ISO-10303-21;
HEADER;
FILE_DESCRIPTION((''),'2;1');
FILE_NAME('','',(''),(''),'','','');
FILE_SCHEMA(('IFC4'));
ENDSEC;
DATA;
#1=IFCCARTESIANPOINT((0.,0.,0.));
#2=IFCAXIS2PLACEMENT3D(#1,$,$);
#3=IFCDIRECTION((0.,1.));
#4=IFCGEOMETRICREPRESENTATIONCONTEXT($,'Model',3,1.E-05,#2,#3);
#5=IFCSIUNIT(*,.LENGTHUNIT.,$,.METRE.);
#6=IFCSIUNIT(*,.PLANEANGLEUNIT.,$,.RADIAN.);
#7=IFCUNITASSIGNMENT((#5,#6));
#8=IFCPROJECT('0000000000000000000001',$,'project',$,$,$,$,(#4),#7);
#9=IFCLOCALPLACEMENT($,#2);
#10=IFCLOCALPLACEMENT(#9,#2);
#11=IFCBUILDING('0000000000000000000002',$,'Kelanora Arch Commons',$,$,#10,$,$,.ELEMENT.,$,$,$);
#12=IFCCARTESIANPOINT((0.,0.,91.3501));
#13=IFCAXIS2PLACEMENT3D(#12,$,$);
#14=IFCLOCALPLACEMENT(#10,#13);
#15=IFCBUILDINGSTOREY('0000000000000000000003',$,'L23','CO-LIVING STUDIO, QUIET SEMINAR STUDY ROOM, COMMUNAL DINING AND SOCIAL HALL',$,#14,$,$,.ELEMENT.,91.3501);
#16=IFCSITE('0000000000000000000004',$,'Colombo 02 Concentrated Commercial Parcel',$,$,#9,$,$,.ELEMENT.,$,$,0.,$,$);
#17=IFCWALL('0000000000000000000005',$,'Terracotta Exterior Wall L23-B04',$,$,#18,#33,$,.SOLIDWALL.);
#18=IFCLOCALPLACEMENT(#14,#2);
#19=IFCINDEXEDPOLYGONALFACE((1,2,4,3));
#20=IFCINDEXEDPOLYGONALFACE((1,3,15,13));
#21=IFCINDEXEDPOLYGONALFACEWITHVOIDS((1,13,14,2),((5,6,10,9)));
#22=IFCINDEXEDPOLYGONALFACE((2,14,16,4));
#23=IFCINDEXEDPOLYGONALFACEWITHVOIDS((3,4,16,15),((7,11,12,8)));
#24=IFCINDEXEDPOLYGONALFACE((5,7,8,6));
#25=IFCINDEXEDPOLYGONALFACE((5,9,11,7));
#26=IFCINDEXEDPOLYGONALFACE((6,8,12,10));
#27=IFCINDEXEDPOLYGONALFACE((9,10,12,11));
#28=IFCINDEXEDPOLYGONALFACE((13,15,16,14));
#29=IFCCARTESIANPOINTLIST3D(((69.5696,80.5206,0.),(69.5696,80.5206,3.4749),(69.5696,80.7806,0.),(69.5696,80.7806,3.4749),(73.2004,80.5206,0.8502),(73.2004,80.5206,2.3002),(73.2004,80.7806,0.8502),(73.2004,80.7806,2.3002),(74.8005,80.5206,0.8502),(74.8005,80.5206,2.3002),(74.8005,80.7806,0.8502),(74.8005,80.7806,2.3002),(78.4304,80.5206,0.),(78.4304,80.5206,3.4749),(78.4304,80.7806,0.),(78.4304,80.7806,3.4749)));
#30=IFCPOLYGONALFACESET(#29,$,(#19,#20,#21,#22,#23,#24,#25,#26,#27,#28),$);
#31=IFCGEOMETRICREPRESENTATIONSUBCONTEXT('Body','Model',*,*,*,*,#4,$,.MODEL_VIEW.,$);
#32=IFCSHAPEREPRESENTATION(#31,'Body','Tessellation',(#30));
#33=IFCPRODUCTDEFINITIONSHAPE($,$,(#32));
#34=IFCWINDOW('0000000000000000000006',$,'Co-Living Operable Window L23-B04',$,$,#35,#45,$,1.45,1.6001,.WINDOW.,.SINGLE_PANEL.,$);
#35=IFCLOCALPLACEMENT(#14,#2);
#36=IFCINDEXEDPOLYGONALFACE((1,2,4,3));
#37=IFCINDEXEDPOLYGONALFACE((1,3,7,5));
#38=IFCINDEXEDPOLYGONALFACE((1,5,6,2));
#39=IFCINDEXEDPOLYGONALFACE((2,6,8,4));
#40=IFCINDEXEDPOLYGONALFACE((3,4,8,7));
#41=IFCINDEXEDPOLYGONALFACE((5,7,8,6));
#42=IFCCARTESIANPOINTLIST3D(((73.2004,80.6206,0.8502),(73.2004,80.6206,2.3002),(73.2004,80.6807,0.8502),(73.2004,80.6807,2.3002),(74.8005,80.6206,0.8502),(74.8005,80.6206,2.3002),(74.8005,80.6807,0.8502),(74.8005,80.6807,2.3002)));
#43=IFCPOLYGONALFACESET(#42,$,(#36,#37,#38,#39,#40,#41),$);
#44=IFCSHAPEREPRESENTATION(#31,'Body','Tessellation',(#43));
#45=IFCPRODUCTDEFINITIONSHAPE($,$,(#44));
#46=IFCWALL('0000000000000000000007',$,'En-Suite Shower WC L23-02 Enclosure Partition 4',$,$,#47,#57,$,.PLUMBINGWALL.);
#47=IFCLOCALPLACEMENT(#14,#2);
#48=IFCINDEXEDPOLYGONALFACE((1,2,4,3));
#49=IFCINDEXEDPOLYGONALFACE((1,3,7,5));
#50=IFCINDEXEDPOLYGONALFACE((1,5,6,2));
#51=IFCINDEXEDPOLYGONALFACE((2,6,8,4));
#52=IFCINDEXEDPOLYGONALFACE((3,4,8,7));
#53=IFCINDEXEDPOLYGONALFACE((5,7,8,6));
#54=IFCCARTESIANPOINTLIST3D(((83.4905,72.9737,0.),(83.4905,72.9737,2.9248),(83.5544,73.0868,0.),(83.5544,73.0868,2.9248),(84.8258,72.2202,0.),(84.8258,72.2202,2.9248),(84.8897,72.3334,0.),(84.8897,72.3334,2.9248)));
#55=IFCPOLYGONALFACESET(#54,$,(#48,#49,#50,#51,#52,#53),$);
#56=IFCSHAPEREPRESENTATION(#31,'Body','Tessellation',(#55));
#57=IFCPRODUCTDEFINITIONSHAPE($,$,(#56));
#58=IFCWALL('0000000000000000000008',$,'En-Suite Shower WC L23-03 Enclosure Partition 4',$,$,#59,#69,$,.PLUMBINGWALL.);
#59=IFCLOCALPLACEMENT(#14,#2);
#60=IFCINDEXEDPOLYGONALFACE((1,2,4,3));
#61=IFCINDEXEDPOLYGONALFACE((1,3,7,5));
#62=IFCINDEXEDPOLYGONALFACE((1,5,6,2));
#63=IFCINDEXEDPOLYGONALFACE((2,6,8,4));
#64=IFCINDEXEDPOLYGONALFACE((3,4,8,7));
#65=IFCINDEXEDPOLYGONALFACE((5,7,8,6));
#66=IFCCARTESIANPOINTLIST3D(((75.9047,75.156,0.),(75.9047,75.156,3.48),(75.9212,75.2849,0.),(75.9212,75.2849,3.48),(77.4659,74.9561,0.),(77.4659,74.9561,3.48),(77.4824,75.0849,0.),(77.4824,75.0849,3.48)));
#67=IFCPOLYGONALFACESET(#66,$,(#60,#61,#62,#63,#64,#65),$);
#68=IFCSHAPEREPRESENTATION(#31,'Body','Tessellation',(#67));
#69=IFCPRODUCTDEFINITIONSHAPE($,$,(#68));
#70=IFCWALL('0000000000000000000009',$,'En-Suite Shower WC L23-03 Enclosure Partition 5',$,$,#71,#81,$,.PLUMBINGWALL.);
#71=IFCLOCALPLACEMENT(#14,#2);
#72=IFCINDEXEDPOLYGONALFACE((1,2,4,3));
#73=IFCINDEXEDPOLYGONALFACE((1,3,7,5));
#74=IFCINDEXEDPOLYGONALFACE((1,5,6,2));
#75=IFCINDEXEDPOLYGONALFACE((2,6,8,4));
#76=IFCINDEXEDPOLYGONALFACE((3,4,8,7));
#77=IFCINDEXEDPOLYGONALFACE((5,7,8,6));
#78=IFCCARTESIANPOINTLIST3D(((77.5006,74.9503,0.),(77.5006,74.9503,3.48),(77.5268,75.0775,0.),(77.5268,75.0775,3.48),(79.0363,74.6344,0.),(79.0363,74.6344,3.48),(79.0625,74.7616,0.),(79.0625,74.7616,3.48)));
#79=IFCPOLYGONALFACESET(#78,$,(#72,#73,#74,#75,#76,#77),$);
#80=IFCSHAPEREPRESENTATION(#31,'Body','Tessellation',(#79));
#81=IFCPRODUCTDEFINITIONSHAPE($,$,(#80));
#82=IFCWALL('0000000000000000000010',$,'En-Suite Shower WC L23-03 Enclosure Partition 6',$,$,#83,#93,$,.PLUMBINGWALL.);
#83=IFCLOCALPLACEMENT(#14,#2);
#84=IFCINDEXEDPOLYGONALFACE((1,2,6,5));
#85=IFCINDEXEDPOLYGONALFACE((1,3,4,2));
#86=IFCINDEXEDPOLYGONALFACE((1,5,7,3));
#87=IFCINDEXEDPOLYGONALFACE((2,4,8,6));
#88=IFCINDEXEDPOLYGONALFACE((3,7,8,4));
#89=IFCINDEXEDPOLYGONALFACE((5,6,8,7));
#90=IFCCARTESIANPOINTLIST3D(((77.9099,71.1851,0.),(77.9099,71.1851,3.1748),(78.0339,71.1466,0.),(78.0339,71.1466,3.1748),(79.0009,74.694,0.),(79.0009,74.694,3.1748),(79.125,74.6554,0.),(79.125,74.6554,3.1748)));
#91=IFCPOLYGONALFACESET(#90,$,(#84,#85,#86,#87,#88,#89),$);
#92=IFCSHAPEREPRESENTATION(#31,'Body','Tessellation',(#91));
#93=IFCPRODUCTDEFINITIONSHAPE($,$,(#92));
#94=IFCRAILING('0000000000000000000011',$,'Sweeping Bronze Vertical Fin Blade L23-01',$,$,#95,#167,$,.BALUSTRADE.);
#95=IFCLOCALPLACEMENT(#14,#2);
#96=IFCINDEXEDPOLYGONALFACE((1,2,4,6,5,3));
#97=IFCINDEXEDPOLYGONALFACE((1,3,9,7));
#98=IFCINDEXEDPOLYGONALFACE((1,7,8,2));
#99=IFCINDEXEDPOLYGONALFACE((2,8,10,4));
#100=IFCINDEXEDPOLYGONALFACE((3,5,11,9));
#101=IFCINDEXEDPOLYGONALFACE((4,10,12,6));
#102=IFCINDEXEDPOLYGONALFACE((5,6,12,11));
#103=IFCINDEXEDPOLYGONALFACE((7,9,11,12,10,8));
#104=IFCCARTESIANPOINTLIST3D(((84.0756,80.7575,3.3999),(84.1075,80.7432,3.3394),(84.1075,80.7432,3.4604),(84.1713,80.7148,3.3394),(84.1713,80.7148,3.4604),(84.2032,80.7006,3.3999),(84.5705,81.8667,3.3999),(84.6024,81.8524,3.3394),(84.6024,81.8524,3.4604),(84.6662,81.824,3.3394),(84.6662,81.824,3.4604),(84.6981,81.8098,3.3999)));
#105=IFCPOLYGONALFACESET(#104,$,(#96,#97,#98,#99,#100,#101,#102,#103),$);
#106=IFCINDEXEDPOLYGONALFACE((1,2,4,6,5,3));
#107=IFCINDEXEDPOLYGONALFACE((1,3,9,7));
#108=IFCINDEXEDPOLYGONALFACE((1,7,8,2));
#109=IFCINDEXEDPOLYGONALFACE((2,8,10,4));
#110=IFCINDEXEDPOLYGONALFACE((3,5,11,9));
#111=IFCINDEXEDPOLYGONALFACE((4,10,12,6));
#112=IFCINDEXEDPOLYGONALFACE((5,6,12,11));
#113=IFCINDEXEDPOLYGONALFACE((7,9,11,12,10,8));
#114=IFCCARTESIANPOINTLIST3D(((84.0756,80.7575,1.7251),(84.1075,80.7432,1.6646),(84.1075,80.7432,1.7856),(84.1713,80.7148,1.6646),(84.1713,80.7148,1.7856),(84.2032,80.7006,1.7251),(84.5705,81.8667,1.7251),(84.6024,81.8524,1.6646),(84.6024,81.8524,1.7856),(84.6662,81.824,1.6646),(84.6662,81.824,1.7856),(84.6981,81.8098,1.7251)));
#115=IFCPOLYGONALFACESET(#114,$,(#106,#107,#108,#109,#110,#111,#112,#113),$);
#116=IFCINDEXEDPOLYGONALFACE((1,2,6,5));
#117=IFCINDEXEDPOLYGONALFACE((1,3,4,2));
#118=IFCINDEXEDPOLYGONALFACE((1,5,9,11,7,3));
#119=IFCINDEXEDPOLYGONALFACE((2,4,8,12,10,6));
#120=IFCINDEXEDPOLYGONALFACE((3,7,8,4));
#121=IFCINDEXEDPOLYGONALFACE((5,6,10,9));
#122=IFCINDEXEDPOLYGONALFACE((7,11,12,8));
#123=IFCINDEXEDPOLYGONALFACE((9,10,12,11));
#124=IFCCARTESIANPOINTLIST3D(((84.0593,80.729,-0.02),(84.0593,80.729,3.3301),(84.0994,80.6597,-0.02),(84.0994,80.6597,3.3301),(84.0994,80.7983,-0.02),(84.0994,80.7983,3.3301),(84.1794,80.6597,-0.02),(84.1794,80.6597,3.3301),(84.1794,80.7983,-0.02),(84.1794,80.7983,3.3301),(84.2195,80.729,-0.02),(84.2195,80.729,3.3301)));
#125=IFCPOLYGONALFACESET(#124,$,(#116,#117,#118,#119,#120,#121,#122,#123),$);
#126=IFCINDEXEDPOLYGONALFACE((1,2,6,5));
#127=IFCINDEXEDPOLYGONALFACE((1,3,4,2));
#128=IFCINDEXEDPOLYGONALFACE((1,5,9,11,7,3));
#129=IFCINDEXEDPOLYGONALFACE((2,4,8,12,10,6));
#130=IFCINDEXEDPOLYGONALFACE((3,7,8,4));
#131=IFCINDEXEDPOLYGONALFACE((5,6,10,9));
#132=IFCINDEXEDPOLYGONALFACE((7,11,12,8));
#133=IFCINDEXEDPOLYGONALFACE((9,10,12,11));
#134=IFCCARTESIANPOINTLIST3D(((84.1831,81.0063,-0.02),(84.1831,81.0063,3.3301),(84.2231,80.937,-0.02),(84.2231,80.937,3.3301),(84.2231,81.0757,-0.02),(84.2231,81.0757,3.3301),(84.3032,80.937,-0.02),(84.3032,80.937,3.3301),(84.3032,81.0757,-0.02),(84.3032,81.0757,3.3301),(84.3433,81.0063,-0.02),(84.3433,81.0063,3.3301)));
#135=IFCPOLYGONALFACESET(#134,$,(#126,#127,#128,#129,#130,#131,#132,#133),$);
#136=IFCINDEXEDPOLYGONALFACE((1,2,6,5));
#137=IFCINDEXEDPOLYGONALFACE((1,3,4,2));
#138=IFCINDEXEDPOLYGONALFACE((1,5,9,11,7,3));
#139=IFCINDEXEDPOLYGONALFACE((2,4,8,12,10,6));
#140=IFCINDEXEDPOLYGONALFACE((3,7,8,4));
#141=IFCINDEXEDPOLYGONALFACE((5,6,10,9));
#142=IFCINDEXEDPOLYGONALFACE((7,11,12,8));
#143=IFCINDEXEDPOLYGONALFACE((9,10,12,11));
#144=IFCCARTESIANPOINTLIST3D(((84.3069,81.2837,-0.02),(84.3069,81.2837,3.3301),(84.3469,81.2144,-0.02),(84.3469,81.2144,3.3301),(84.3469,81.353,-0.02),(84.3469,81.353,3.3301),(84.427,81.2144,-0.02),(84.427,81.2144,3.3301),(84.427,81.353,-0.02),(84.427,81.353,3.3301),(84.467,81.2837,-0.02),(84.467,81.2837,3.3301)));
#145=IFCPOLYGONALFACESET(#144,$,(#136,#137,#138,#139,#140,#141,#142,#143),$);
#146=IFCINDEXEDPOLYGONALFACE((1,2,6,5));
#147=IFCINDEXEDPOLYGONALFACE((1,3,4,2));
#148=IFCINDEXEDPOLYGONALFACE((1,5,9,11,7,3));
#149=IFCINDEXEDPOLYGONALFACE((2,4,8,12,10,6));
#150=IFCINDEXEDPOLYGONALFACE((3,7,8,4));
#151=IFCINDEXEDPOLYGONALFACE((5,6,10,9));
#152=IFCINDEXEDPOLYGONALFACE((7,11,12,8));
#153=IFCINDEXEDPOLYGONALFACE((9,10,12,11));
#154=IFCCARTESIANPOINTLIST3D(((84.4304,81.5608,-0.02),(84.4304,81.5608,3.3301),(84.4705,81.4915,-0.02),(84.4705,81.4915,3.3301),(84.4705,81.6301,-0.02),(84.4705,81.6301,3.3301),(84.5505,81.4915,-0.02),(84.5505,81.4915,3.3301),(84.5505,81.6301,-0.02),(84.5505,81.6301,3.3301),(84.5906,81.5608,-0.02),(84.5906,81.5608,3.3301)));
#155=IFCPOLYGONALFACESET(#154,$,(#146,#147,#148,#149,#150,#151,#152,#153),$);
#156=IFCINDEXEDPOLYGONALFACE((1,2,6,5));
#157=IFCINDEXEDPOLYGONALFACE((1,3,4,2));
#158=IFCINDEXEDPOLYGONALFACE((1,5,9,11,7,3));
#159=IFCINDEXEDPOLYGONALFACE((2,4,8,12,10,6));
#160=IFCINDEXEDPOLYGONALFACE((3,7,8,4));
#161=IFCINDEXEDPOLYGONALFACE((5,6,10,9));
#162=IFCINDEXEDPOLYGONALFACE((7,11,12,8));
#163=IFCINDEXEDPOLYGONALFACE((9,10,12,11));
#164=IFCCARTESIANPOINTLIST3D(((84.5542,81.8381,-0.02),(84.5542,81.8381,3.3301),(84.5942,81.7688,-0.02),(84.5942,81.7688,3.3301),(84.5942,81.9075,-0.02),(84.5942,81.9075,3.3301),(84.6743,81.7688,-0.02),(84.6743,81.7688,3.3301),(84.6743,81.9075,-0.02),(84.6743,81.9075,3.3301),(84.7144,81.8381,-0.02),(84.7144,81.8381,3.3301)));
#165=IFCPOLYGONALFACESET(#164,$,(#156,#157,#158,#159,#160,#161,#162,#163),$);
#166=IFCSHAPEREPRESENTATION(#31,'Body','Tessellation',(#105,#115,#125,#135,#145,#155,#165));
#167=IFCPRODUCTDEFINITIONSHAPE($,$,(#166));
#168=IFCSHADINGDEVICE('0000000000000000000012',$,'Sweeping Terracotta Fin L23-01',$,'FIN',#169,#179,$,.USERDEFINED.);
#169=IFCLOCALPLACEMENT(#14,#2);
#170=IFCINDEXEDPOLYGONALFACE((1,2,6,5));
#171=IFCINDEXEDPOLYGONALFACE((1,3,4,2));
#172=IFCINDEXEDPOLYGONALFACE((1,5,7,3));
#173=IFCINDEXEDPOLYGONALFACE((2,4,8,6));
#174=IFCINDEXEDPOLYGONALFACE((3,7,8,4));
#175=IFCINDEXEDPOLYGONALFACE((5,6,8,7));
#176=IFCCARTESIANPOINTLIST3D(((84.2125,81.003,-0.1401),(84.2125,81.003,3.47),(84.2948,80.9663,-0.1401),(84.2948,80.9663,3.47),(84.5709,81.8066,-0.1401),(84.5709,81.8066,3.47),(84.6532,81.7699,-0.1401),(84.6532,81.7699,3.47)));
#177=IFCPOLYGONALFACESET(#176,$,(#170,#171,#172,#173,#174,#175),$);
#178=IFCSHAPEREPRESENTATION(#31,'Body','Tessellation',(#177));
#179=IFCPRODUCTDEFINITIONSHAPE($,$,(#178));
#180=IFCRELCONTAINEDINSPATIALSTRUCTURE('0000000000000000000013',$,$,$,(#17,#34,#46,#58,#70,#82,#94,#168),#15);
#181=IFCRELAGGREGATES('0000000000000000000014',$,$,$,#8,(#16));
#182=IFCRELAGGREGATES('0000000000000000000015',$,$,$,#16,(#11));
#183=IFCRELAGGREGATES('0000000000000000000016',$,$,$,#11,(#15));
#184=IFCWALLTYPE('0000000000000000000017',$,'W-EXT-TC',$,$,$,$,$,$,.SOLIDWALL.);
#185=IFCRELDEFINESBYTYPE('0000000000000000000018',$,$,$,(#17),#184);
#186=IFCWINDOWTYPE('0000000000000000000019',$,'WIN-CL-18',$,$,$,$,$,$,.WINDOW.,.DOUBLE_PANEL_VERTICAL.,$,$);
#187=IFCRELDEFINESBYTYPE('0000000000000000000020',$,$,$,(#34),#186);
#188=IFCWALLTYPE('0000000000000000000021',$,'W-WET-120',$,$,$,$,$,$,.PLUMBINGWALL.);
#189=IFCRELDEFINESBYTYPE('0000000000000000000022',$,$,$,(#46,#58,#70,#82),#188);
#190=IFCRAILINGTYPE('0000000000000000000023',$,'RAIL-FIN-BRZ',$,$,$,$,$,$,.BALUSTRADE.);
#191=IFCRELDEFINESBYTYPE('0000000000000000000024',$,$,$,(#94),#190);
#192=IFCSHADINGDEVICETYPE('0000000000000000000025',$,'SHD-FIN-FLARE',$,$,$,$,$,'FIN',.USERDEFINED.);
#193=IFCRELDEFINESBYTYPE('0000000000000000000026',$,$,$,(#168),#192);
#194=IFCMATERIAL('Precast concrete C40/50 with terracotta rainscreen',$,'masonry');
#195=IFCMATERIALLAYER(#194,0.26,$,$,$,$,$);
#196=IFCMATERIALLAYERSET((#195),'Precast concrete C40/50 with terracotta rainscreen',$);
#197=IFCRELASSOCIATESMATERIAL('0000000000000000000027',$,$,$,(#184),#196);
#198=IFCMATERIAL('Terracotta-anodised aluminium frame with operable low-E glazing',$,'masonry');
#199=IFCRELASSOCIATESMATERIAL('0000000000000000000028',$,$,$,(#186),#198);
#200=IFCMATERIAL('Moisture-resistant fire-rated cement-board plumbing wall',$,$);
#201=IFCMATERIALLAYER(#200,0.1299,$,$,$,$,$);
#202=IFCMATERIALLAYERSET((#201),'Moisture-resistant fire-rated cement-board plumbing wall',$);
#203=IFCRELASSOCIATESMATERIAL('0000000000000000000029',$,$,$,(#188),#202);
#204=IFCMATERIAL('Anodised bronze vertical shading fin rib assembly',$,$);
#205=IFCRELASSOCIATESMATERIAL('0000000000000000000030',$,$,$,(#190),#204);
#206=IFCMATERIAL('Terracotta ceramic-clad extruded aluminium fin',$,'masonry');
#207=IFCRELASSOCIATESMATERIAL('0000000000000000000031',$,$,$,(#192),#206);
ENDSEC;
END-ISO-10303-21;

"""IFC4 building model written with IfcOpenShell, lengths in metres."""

from ifc_helpers import new_model, si_unit, direction, frame, frame_2d, origin, origin_2d, place, context, subcontext, project, spatial, polyline, rectangle, outline, extrude, source, transform, mapped, material, layer, layer_set, type_object, element, fill, save


model = new_model("IFC4")

# Units and contexts
model_context = context("Model", 3, precision=1e-05, world=origin(), true_north=direction((0.0, 1.0)))
body_context = subcontext(model_context, "Body", "Model", "MODEL_VIEW")
ifc_project = project(units=[si_unit("LENGTHUNIT", "METRE"), si_unit("PLANEANGLEUNIT", "RADIAN")], contexts=[model_context])

# Site, building, storey
site_placement = place(None, origin())
site = spatial("IfcSite", under=ifc_project, at=site_placement, Name="Colombo 02 Concentrated Commercial Parcel", CompositionType="ELEMENT", RefElevation=0.0)
building_placement = place(site_placement, origin())
building = spatial("IfcBuilding", under=site, at=building_placement, Name="Kelanora Arch Commons", CompositionType="ELEMENT")
storey_placement = place(building_placement, frame((0.0, 0.0, 91.3501)))
storey = spatial("IfcBuildingStorey", under=building, at=storey_placement, Name="L23", Description="CO-LIVING STUDIO, QUIET SEMINAR STUDY ROOM, COMMUNAL DINING AND SOCIAL HALL", CompositionType="ELEMENT", Elevation=91.3501)

# Wall, opening, window
ifc_material_1 = material(Name="Precast concrete C40/50 with terracotta rainscreen", Category="masonry")
ifc_layer_1 = layer(ifc_material_1, 0.26)
ifc_layer_set_1 = layer_set([ifc_layer_1], Name="Precast concrete C40/50 with terracotta rainscreen")
wall_type_1 = type_object("IfcWallType", Name="W-EXT-TC", PredefinedType="SOLIDWALL", material=ifc_layer_set_1)
wall_1_placement = place(storey_placement, frame((78.4304, 80.6506, 0.0), z_axis=(0.0, 0.0, 1.0), x_axis=(-1.0, 0.0, 0.0)))
wall_1 = element("IfcWall", 1, at=wall_1_placement, inside=storey, type_object=wall_type_1, Name="Terracotta Exterior Wall L23-B04", PredefinedType="SOLIDWALL", context=body_context, shape_type="SweptSolid", body=[
    extrude(rectangle(XDim=8.8608, YDim=0.26, at=frame_2d((4.4304, 0.0))), origin(), (0.0, 0.0, 1.0), 3.4749),
])
opening_placement = place(wall_1_placement, frame((3.6299, 0.0, 0.8501)))
opening = element("IfcOpeningElement", 2, at=opening_placement, cuts=wall_1, PredefinedType="OPENING", context=body_context, shape_type="SweptSolid", body=[
    extrude(rectangle(XDim=1.6001, YDim=1.45, at=frame_2d((0.8, 0.7251))), frame((0.0, 0.1401, 0.0), z_axis=(0.0, -1.0, 0.0), x_axis=(1.0, 0.0, 0.0)), (0.0, 0.0, 1.0), 0.28),
])
ifc_material_2 = material(Name="Terracotta-anodised aluminium frame with operable low-E glazing", Category="masonry")
window_type = type_object("IfcWindowType", Name="WIN-CL-18", PartitioningType="DOUBLE_PANEL_VERTICAL", PredefinedType="WINDOW", material=ifc_material_2)
window_placement = place(opening_placement, origin())
window = element("IfcWindow", 3, at=window_placement, inside=storey, type_object=window_type, Name="Co-Living Operable Window L23-B04", OverallHeight=1.45, OverallWidth=1.6001, PartitioningType="SINGLE_PANEL", PredefinedType="WINDOW", context=body_context, shape_type="SweptSolid", body=[
    extrude(rectangle(XDim=1.6001, YDim=1.45, at=frame_2d((0.8, 0.7251))), frame((0.0, 0.03, 0.0), z_axis=(0.0, -1.0, 0.0), x_axis=(1.0, 0.0, 0.0)), (0.0, 0.0, 1.0), 0.0601),
])
fill(opening, window)

# Walls
ifc_material_3 = material(Name="Moisture-resistant fire-rated cement-board plumbing wall")
ifc_layer_2 = layer(ifc_material_3, 0.1299)
ifc_layer_set_2 = layer_set([ifc_layer_2], Name="Moisture-resistant fire-rated cement-board plumbing wall")
wall_type_2 = type_object("IfcWallType", Name="W-WET-120", PredefinedType="PLUMBINGWALL", material=ifc_layer_set_2)
wall_2_placement = place(storey_placement, frame((83.5225, 73.0303, 0.0), z_axis=(0.0, 0.0, 1.0), x_axis=(0.870916, -0.491433, 0.0)))
element("IfcWall", 4, at=wall_2_placement, inside=storey, type_object=wall_type_2, Name="En-Suite Shower WC L23-02 Enclosure Partition 4", PredefinedType="PLUMBINGWALL", context=body_context, shape_type="SweptSolid", body=[
    extrude(rectangle(XDim=1.5332, YDim=0.1299, at=frame_2d((0.7666, 0.0))), origin(), (0.0, 0.0, 1.0), 2.9248),
])
wall_3_placement = place(storey_placement, frame((75.9128, 75.2205, 0.0), z_axis=(0.0, 0.0, 1.0), x_axis=(0.991899, -0.127031, 0.0)))
element("IfcWall", 5, at=wall_3_placement, inside=storey, type_object=wall_type_2, Name="En-Suite Shower WC L23-03 Enclosure Partition 4", PredefinedType="PLUMBINGWALL", context=body_context, shape_type="SweptSolid", body=[
    extrude(rectangle(XDim=1.574, YDim=0.1299, at=frame_2d((0.7871, 0.0))), origin(), (0.0, 0.0, 1.0), 3.48),
])
wall_4_placement = place(storey_placement, frame((77.5137, 75.0139, 0.0), z_axis=(0.0, 0.0, 1.0), x_axis=(0.979488, -0.201504, 0.0)))
element("IfcWall", 6, at=wall_4_placement, inside=storey, type_object=wall_type_2, Name="En-Suite Shower WC L23-03 Enclosure Partition 5", PredefinedType="PLUMBINGWALL", context=body_context, shape_type="SweptSolid", body=[
    extrude(rectangle(XDim=1.5679, YDim=0.1299, at=frame_2d((0.7839, 0.0))), origin(), (0.0, 0.0, 1.0), 3.48),
])
wall_5_placement = place(storey_placement, frame((79.063, 74.6748, 0.0), z_axis=(0.0, 0.0, 1.0), x_axis=(-0.296928, -0.9549, 0.0)))
element("IfcWall", 7, at=wall_5_placement, inside=storey, type_object=wall_type_2, Name="En-Suite Shower WC L23-03 Enclosure Partition 6", PredefinedType="PLUMBINGWALL", context=body_context, shape_type="SweptSolid", body=[
    extrude(rectangle(XDim=3.6746, YDim=0.1299, at=frame_2d((1.8374, 0.0))), origin(), (0.0, 0.0, 1.0), 3.1748),
])

# Railing
ifc_material_4 = material(Name="Anodised bronze vertical shading fin rib assembly")
railing_type = type_object("IfcRailingType", Name="RAIL-FIN-BRZ", PredefinedType="BALUSTRADE", material=ifc_material_4)
railing_placement = place(storey_placement, frame((84.1394, 80.729, -0.02)))
element("IfcRailing", 8, at=railing_placement, inside=storey, type_object=railing_type, Name="Sweeping Bronze Vertical Fin Blade L23-01", PredefinedType="BALUSTRADE", context=body_context, shape_type="SweptSolid", body=[
    extrude(outline(polyline([(0.0698, 0.0), (0.0349, 0.0605), (-0.0349, 0.0605), (-0.0698, 0.0), (-0.0349, -0.0605), (0.0349, -0.0605), (0.0698, 0.0)])), frame((0.0, 0.0, 3.4199), z_axis=(0.407462, 0.913222, 0.0), x_axis=(-0.913222, 0.407462, 0.0)), (0.0, 0.0, 1.0), 1.2146),
    extrude(outline(polyline([(0.0698, 0.0), (0.0349, 0.0605), (-0.0349, 0.0605), (-0.0698, 0.0), (-0.0349, -0.0605), (0.0349, -0.0605), (0.0698, 0.0)])), frame((0.0, 0.0, 1.7451), z_axis=(0.407462, 0.913222, 0.0), x_axis=(-0.913222, 0.407462, 0.0)), (0.0, 0.0, 1.0), 1.2146),
    extrude(outline(polyline([(0.0801, 0.0), (0.04, 0.0693), (-0.04, 0.0693), (-0.0801, 0.0), (-0.04, -0.0693), (0.04, -0.0693), (0.0801, 0.0)])), origin(), (0.0, 0.0, 1.0), 3.3501),
    extrude(outline(polyline([(0.0801, 0.0), (0.04, 0.0693), (-0.04, 0.0693), (-0.0801, 0.0), (-0.04, -0.0693), (0.04, -0.0693), (0.0801, 0.0)])), frame((0.1238, 0.2773, 0.0)), (0.0, 0.0, 1.0), 3.3501),
    extrude(outline(polyline([(0.0801, 0.0), (0.04, 0.0693), (-0.04, 0.0693), (-0.0801, 0.0), (-0.04, -0.0693), (0.04, -0.0693), (0.0801, 0.0)])), frame((0.2476, 0.5547, 0.0)), (0.0, 0.0, 1.0), 3.3501),
    extrude(outline(polyline([(0.0801, 0.0), (0.04, 0.0693), (-0.04, 0.0693), (-0.0801, 0.0), (-0.04, -0.0693), (0.04, -0.0693), (0.0801, 0.0)])), frame((0.3711, 0.8318, 0.0)), (0.0, 0.0, 1.0), 3.3501),
    extrude(outline(polyline([(0.0801, 0.0), (0.04, 0.0693), (-0.04, 0.0693), (-0.0801, 0.0), (-0.04, -0.0693), (0.04, -0.0693), (0.0801, 0.0)])), frame((0.4949, 1.1091, 0.0)), (0.0, 0.0, 1.0), 3.3501),
])

# Shading device
ifc_material_5 = material(Name="Terracotta ceramic-clad extruded aluminium fin", Category="masonry")
shading_device_type = type_object("IfcShadingDeviceType", Name="SHD-FIN-FLARE", ElementType="FIN", PredefinedType="USERDEFINED", material=ifc_material_5)
shared_shape_1 = source(origin(), body_context, "Body", "SweptSolid", [
    extrude(rectangle(XDim=0.8799, YDim=0.0901, at=origin_2d()), origin(), (0.0, 0.0, 1.0), 3.6101),
])
shading_device_placement = place(storey_placement, frame((84.4329, 81.3865, -0.1401), z_axis=(0.0, 0.0, 1.0), x_axis=(0.407374, 0.913261, 0.0)))
element("IfcShadingDevice", 9, at=shading_device_placement, inside=storey, type_object=shading_device_type, Name="Sweeping Terracotta Fin L23-01", ObjectType="FIN", PredefinedType="USERDEFINED", context=body_context, shape_type="MappedRepresentation", body=[
    mapped(shared_shape_1, transform((0.0, 0.0, 0.0), scale=1.0)),
])

save(model, "model.ifc")
